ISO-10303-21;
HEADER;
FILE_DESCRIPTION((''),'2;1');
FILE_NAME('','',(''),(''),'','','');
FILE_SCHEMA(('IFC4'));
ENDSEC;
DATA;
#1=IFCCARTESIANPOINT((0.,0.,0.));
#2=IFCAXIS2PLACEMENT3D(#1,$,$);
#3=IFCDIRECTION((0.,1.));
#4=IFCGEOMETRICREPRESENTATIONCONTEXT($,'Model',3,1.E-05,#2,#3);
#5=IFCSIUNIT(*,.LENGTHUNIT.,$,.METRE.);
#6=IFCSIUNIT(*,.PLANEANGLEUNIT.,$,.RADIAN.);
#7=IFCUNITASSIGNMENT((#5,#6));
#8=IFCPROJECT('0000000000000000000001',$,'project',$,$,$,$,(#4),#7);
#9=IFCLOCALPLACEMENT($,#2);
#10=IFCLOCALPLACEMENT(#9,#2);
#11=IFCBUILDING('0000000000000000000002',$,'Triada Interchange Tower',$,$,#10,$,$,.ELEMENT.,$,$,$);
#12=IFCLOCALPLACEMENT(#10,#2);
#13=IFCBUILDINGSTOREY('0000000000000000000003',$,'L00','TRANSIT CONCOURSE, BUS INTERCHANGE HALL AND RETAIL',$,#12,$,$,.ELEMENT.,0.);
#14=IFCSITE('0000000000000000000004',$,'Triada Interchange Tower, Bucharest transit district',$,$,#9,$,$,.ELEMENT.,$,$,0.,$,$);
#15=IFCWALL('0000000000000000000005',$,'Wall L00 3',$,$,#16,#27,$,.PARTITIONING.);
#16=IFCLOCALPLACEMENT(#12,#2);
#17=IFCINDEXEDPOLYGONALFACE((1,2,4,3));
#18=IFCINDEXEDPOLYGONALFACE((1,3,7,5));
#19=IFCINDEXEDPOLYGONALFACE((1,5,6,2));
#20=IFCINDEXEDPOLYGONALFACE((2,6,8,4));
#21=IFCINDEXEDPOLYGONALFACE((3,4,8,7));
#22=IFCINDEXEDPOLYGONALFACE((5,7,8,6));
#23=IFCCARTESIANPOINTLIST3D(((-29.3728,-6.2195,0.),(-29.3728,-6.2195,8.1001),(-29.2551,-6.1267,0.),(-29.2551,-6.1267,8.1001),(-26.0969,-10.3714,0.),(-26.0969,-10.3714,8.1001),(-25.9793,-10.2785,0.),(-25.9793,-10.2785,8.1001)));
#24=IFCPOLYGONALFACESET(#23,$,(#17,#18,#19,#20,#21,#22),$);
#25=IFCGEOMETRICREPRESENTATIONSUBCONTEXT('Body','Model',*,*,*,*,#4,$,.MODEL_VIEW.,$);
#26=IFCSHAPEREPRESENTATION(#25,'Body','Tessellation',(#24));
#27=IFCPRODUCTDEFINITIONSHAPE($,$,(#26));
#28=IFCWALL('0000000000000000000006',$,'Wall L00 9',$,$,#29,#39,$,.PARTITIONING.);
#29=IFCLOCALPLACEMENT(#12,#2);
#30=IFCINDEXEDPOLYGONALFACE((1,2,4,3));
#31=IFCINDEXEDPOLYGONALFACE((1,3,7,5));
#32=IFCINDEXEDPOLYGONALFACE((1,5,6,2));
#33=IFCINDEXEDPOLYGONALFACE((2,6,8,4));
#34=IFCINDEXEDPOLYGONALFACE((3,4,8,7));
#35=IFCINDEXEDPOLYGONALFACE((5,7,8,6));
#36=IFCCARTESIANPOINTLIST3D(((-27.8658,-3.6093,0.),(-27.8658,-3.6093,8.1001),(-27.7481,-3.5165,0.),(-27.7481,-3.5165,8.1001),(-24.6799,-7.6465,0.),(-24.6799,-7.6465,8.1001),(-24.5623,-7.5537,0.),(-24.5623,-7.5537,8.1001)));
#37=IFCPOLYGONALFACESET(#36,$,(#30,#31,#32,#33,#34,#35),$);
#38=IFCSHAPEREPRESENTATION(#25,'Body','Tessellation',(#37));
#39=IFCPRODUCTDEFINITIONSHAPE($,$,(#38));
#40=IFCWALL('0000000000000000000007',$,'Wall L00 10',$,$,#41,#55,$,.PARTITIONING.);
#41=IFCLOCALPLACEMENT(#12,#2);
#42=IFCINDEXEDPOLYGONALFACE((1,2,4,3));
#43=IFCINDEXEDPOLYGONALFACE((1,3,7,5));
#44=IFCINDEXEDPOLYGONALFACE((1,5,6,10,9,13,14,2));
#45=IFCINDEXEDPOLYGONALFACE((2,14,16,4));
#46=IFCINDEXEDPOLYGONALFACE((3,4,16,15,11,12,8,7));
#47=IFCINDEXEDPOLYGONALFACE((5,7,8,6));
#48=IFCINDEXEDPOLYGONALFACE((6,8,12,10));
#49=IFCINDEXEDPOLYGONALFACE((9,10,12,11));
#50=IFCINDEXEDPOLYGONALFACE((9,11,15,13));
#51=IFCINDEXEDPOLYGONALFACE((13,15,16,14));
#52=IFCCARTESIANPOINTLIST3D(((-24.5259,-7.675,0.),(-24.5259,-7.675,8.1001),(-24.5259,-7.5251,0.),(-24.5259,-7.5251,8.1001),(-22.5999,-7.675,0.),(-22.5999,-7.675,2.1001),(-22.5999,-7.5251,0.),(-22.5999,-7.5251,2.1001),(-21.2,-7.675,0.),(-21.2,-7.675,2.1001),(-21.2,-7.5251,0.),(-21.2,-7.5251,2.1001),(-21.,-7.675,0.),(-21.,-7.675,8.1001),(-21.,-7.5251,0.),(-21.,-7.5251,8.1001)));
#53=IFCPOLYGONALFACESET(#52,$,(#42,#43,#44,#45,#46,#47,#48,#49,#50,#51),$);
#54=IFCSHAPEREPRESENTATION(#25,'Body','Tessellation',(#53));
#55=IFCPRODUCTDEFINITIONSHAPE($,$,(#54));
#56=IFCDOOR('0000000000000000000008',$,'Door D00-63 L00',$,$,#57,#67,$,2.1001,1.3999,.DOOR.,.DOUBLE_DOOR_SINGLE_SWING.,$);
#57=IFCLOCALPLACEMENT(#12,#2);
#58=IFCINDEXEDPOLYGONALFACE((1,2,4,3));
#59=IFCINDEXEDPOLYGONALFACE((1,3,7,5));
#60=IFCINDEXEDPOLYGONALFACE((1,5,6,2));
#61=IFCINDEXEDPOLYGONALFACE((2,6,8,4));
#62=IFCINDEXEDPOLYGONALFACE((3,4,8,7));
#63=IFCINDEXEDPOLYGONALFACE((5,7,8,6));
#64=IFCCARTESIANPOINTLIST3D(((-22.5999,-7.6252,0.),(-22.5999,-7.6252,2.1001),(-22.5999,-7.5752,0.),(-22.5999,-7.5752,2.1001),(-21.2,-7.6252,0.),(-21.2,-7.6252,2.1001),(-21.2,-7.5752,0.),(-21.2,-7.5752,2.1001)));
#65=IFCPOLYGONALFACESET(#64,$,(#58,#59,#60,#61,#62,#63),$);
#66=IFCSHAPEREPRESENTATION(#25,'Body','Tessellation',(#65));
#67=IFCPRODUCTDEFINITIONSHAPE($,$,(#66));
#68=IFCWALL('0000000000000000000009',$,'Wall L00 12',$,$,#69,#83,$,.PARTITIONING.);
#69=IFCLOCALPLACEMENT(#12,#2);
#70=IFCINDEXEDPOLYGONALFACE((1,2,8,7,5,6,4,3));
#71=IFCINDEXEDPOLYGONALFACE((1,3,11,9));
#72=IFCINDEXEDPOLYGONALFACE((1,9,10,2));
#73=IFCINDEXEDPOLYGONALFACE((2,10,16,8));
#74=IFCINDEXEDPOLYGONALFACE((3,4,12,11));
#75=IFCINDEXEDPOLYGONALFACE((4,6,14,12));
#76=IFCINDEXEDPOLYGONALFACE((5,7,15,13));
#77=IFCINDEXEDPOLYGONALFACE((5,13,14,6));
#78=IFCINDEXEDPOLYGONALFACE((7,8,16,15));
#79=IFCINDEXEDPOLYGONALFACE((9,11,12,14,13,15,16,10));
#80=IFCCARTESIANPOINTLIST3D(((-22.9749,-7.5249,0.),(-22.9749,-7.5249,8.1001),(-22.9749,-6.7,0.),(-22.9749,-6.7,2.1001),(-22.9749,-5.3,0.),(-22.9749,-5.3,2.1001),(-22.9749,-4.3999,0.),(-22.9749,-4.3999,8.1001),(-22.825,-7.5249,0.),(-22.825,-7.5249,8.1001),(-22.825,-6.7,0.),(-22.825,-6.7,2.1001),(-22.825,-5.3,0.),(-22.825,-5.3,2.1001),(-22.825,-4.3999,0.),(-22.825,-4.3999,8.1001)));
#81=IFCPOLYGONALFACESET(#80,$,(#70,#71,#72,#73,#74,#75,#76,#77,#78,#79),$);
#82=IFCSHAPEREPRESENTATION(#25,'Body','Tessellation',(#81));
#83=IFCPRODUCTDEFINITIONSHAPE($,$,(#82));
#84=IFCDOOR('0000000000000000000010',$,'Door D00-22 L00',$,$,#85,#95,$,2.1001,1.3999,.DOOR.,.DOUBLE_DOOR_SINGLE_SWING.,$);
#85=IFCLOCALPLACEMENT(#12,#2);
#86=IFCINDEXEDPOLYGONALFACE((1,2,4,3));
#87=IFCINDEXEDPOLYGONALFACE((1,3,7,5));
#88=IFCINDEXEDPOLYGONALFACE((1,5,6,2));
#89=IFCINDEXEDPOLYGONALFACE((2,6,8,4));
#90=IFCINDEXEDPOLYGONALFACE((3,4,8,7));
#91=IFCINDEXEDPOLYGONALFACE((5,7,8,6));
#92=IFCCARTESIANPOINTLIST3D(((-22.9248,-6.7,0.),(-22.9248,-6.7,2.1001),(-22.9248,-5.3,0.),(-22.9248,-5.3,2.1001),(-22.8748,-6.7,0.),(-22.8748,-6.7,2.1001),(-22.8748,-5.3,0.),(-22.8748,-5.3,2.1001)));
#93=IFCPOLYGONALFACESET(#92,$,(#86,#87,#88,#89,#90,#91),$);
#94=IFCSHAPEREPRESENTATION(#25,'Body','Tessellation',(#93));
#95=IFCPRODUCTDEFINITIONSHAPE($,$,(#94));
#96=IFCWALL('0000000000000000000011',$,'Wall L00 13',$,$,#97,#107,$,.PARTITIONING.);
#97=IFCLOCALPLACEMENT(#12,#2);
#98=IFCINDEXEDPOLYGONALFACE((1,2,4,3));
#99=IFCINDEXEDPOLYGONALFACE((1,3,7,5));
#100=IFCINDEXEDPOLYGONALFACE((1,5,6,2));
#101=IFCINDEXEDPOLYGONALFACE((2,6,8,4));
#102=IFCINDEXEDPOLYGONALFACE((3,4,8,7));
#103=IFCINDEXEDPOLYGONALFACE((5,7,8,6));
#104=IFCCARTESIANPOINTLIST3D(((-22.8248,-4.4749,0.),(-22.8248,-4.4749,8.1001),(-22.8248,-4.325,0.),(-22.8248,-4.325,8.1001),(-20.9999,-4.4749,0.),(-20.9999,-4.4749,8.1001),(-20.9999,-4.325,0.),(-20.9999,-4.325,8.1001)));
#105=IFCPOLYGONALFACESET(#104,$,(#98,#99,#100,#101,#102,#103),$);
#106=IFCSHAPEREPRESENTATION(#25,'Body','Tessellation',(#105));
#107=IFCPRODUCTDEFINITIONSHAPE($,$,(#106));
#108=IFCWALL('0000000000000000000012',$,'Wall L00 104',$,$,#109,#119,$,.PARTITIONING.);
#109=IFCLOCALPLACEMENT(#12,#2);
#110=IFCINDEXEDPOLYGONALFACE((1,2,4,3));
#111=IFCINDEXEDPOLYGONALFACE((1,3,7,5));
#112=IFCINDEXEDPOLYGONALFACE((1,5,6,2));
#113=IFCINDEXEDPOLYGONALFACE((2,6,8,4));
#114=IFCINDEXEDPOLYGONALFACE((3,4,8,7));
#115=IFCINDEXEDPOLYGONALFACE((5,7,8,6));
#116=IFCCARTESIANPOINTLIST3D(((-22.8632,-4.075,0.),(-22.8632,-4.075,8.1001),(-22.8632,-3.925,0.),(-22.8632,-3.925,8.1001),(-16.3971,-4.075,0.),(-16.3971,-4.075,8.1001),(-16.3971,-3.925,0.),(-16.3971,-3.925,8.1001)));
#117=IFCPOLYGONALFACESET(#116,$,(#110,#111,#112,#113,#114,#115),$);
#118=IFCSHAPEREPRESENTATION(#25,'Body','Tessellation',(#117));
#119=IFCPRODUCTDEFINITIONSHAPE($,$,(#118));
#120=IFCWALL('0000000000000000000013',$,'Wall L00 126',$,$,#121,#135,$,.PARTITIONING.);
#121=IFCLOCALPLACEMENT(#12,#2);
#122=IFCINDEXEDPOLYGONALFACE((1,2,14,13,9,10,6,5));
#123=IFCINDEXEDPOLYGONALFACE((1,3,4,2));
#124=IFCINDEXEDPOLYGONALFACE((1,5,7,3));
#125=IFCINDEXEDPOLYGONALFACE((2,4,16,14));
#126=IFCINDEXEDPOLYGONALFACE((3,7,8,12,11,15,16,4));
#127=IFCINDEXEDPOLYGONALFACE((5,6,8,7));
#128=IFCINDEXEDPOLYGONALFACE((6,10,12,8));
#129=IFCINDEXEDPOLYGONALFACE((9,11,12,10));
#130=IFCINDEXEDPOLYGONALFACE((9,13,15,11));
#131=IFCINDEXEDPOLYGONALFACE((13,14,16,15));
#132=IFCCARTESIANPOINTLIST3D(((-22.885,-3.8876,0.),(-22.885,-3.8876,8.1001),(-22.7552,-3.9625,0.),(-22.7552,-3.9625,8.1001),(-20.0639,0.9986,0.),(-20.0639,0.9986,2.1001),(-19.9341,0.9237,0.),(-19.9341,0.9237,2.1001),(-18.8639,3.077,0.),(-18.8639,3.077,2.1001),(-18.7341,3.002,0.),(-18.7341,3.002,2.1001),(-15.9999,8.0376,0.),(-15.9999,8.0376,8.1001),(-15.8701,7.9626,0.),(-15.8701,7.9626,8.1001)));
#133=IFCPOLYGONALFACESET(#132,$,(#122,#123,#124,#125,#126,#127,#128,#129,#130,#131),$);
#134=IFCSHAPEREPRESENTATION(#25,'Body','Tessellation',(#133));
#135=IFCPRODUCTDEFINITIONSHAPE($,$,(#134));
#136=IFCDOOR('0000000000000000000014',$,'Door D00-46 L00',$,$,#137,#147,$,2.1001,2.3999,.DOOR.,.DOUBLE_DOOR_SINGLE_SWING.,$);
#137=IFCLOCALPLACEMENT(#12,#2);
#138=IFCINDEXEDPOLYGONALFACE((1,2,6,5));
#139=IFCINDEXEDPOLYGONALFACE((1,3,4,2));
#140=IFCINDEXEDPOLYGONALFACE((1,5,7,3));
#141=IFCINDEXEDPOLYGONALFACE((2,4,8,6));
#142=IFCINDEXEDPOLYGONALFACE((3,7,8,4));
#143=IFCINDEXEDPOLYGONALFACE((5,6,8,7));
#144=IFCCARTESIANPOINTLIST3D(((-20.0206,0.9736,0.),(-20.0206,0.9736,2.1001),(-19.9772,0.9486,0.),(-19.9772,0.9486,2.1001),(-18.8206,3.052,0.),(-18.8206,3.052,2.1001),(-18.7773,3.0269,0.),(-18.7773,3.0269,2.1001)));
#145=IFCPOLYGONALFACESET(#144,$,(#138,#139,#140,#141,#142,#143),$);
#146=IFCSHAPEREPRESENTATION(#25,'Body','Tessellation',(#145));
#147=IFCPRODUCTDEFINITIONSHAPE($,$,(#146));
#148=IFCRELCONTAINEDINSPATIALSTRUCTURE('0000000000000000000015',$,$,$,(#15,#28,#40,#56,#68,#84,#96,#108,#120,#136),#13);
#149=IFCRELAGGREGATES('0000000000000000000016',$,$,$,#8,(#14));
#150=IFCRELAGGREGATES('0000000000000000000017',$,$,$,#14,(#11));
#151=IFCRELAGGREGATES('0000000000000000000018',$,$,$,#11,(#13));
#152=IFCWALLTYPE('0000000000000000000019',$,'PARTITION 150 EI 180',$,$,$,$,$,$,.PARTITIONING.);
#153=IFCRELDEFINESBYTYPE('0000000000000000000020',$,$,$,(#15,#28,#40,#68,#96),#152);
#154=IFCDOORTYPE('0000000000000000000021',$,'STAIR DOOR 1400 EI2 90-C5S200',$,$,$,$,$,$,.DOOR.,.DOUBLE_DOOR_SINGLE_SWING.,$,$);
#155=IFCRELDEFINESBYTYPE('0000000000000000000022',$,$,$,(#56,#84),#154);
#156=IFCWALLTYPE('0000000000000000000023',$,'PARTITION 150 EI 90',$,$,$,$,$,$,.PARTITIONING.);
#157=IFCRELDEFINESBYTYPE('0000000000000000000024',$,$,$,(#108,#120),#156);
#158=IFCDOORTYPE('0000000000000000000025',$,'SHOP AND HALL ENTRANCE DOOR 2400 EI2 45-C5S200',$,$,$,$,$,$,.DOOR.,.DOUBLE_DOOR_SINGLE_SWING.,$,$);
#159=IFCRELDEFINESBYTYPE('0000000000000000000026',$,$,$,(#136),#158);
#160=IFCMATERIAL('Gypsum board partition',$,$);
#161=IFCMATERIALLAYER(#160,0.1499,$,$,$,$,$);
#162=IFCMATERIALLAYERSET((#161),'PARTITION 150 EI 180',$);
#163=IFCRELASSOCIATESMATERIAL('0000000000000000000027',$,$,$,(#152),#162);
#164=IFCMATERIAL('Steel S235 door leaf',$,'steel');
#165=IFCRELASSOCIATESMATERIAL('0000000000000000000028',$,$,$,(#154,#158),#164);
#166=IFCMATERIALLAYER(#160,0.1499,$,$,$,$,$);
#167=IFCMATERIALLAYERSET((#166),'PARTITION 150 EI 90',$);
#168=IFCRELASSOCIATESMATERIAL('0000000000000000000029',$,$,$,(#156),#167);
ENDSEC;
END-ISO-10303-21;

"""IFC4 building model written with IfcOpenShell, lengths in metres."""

from ifc_helpers import new_model, si_unit, direction, frame, frame_2d, origin, place, context, subcontext, project, spatial, rectangle, extrude, material, layer, layer_set, type_object, element, fill, save


model = new_model("IFC4")

# Units and contexts
model_context = context("Model", 3, precision=1e-05, world=origin(), true_north=direction((0.0, 1.0)))
body_context = subcontext(model_context, "Body", "Model", "MODEL_VIEW")
ifc_project = project(units=[si_unit("LENGTHUNIT", "METRE"), si_unit("PLANEANGLEUNIT", "RADIAN")], contexts=[model_context])

# Site, building, storey
site_placement = place(None, origin())
site = spatial("IfcSite", under=ifc_project, at=site_placement, Name="Triada Interchange Tower, Bucharest transit district", CompositionType="ELEMENT", RefElevation=0.0)
building_placement = place(site_placement, origin())
building = spatial("IfcBuilding", under=site, at=building_placement, Name="Triada Interchange Tower", CompositionType="ELEMENT")
storey_placement = place(building_placement, origin())
storey = spatial("IfcBuildingStorey", under=building, at=storey_placement, Name="L00", Description="TRANSIT CONCOURSE, BUS INTERCHANGE HALL AND RETAIL", CompositionType="ELEMENT", Elevation=0.0)

# Walls
ifc_material_1 = material(Name="Gypsum board partition")
ifc_layer_1 = layer(ifc_material_1, 0.1499)
ifc_layer_set_1 = layer_set([ifc_layer_1], Name="PARTITION 150 EI 180")
wall_type_1 = type_object("IfcWallType", Name="PARTITION 150 EI 180", PredefinedType="PARTITIONING", material=ifc_layer_set_1)
wall_1_placement = place(storey_placement, frame((-29.314, -6.1731, 0.0), z_axis=(0.0, 0.0, 1.0), x_axis=(0.619423, -0.785058, 0.0)))
element("IfcWall", 1, at=wall_1_placement, inside=storey, type_object=wall_type_1, Name="Wall L00 3", PredefinedType="PARTITIONING", context=body_context, shape_type="SweptSolid", body=[
    extrude(rectangle(XDim=5.2886, YDim=0.1499, at=frame_2d((2.6443, 0.0))), origin(), (0.0, 0.0, 1.0), 8.1001),
])
wall_2_placement = place(storey_placement, frame((-27.8069, -3.563, 0.0), z_axis=(0.0, 0.0, 1.0), x_axis=(0.619476, -0.785015, 0.0)))
element("IfcWall", 2, at=wall_2_placement, inside=storey, type_object=wall_type_1, Name="Wall L00 9", PredefinedType="PARTITIONING", context=body_context, shape_type="SweptSolid", body=[
    extrude(rectangle(XDim=5.1428, YDim=0.1499, at=frame_2d((2.5713, 0.0))), origin(), (0.0, 0.0, 1.0), 8.1001),
])

# Walls, openings, doors
wall_3_placement = place(storey_placement, frame((-24.5259, -7.6001, 0.0), z_axis=(0.0, 0.0, 1.0), x_axis=(1.0, 0.0, 0.0)))
wall_3 = element("IfcWall", 3, at=wall_3_placement, inside=storey, type_object=wall_type_1, Name="Wall L00 10", PredefinedType="PARTITIONING", context=body_context, shape_type="SweptSolid", body=[
    extrude(rectangle(XDim=3.5259, YDim=0.1499, at=frame_2d((1.7629, 0.0))), origin(), (0.0, 0.0, 1.0), 8.1001),
])
opening_1_placement = place(wall_3_placement, frame((1.926, 0.0, 0.0)))
opening_1 = element("IfcOpeningElement", 4, at=opening_1_placement, cuts=wall_3, PredefinedType="OPENING", context=body_context, shape_type="SweptSolid", body=[
    extrude(rectangle(XDim=1.3999, YDim=2.1001, at=frame_2d((0.7, 1.05))), frame((0.0, 0.085, 0.0), z_axis=(0.0, -1.0, 0.0), x_axis=(1.0, 0.0, 0.0)), (0.0, 0.0, 1.0), 0.1699),
])
ifc_material_2 = material(Name="Steel S235 door leaf", Category="steel")
door_type_1 = type_object("IfcDoorType", Name="STAIR DOOR 1400 EI2 90-C5S200", OperationType="DOUBLE_DOOR_SINGLE_SWING", PredefinedType="DOOR", material=ifc_material_2)
door_1_placement = place(opening_1_placement, origin())
door_1 = element("IfcDoor", 5, at=door_1_placement, inside=storey, type_object=door_type_1, Name="Door D00-63 L00", OperationType="DOUBLE_DOOR_SINGLE_SWING", OverallHeight=2.1001, OverallWidth=1.3999, PredefinedType="DOOR", context=body_context, shape_type="SweptSolid", body=[
    extrude(rectangle(XDim=1.3999, YDim=2.1001, at=frame_2d((0.7, 1.05))), frame((0.0, 0.0249, 0.0), z_axis=(0.0, -1.0, 0.0), x_axis=(1.0, 0.0, 0.0)), (0.0, 0.0, 1.0), 0.05),
])
fill(opening_1, door_1)
wall_4_placement = place(storey_placement, frame((-22.8999, -7.5249, 0.0), z_axis=(0.0, 0.0, 1.0), x_axis=(0.0, 1.0, 0.0)))
wall_4 = element("IfcWall", 6, at=wall_4_placement, inside=storey, type_object=wall_type_1, Name="Wall L00 12", PredefinedType="PARTITIONING", context=body_context, shape_type="SweptSolid", body=[
    extrude(rectangle(XDim=3.125, YDim=0.1499, at=frame_2d((1.5625, 0.0))), origin(), (0.0, 0.0, 1.0), 8.1001),
])
opening_2_placement = place(wall_4_placement, frame((0.825, 0.0, 0.0)))
opening_2 = element("IfcOpeningElement", 7, at=opening_2_placement, cuts=wall_4, PredefinedType="OPENING", context=body_context, shape_type="SweptSolid", body=[
    extrude(rectangle(XDim=1.3999, YDim=2.1001, at=frame_2d((0.7, 1.05))), frame((0.0, 0.085, 0.0), z_axis=(0.0, -1.0, 0.0), x_axis=(1.0, 0.0, 0.0)), (0.0, 0.0, 1.0), 0.1699),
])
door_2_placement = place(opening_2_placement, origin())
door_2 = element("IfcDoor", 8, at=door_2_placement, inside=storey, type_object=door_type_1, Name="Door D00-22 L00", OperationType="DOUBLE_DOOR_SINGLE_SWING", OverallHeight=2.1001, OverallWidth=1.3999, PredefinedType="DOOR", context=body_context, shape_type="SweptSolid", body=[
    extrude(rectangle(XDim=1.3999, YDim=2.1001, at=frame_2d((0.7, 1.05))), frame((0.0, 0.0249, 0.0), z_axis=(0.0, -1.0, 0.0), x_axis=(1.0, 0.0, 0.0)), (0.0, 0.0, 1.0), 0.05),
])
fill(opening_2, door_2)

# Walls
wall_5_placement = place(storey_placement, frame((-22.825, -4.3999, 0.0), z_axis=(0.0, 0.0, 1.0), x_axis=(1.0, 0.0, 0.0)))
element("IfcWall", 9, at=wall_5_placement, inside=storey, type_object=wall_type_1, Name="Wall L00 13", PredefinedType="PARTITIONING", context=body_context, shape_type="SweptSolid", body=[
    extrude(rectangle(XDim=1.825, YDim=0.1499, at=frame_2d((0.9126, 0.0))), origin(), (0.0, 0.0, 1.0), 8.1001),
])
ifc_layer_2 = layer(ifc_material_1, 0.1499)
ifc_layer_set_2 = layer_set([ifc_layer_2], Name="PARTITION 150 EI 90")
wall_type_2 = type_object("IfcWallType", Name="PARTITION 150 EI 90", PredefinedType="PARTITIONING", material=ifc_layer_set_2)
wall_6_placement = place(storey_placement, frame((-22.863, -4.0, 0.0), z_axis=(0.0, 0.0, 1.0), x_axis=(1.0, 0.0, 0.0)))
element("IfcWall", 10, at=wall_6_placement, inside=storey, type_object=wall_type_2, Name="Wall L00 104", PredefinedType="PARTITIONING", context=body_context, shape_type="SweptSolid", body=[
    extrude(rectangle(XDim=6.4661, YDim=0.1499, at=frame_2d((3.2329, 0.0))), origin(), (0.0, 0.0, 1.0), 8.1001),
])

# Wall, opening, door
wall_7_placement = place(storey_placement, frame((-22.8201, -3.925, 0.0), z_axis=(0.0, 0.0, 1.0), x_axis=(0.500004, 0.866023, 0.0)))
wall_7 = element("IfcWall", 11, at=wall_7_placement, inside=storey, type_object=wall_type_2, Name="Wall L00 126", PredefinedType="PARTITIONING", context=body_context, shape_type="SweptSolid", body=[
    extrude(rectangle(XDim=13.77, YDim=0.1499, at=frame_2d((6.885, 0.0))), origin(), (0.0, 0.0, 1.0), 8.1001),
])
opening_3_placement = place(wall_7_placement, frame((5.6421, 0.0, 0.0)))
opening_3 = element("IfcOpeningElement", 12, at=opening_3_placement, cuts=wall_7, PredefinedType="OPENING", context=body_context, shape_type="SweptSolid", body=[
    extrude(rectangle(XDim=2.3999, YDim=2.1001, at=frame_2d((1.2, 1.05))), frame((0.0, 0.085, 0.0), z_axis=(0.0, -1.0, 0.0), x_axis=(1.0, 0.0, 0.0)), (0.0, 0.0, 1.0), 0.1699),
])
door_type_2 = type_object("IfcDoorType", Name="SHOP AND HALL ENTRANCE DOOR 2400 EI2 45-C5S200", OperationType="DOUBLE_DOOR_SINGLE_SWING", PredefinedType="DOOR", material=ifc_material_2)
door_3_placement = place(opening_3_placement, origin())
door_3 = element("IfcDoor", 13, at=door_3_placement, inside=storey, type_object=door_type_2, Name="Door D00-46 L00", OperationType="DOUBLE_DOOR_SINGLE_SWING", OverallHeight=2.1001, OverallWidth=2.3999, PredefinedType="DOOR", context=body_context, shape_type="SweptSolid", body=[
    extrude(rectangle(XDim=2.3999, YDim=2.1001, at=frame_2d((1.2, 1.05))), frame((0.0, 0.0249, 0.0), z_axis=(0.0, -1.0, 0.0), x_axis=(1.0, 0.0, 0.0)), (0.0, 0.0, 1.0), 0.05),
])
fill(opening_3, door_3)

save(model, "model.ifc")
